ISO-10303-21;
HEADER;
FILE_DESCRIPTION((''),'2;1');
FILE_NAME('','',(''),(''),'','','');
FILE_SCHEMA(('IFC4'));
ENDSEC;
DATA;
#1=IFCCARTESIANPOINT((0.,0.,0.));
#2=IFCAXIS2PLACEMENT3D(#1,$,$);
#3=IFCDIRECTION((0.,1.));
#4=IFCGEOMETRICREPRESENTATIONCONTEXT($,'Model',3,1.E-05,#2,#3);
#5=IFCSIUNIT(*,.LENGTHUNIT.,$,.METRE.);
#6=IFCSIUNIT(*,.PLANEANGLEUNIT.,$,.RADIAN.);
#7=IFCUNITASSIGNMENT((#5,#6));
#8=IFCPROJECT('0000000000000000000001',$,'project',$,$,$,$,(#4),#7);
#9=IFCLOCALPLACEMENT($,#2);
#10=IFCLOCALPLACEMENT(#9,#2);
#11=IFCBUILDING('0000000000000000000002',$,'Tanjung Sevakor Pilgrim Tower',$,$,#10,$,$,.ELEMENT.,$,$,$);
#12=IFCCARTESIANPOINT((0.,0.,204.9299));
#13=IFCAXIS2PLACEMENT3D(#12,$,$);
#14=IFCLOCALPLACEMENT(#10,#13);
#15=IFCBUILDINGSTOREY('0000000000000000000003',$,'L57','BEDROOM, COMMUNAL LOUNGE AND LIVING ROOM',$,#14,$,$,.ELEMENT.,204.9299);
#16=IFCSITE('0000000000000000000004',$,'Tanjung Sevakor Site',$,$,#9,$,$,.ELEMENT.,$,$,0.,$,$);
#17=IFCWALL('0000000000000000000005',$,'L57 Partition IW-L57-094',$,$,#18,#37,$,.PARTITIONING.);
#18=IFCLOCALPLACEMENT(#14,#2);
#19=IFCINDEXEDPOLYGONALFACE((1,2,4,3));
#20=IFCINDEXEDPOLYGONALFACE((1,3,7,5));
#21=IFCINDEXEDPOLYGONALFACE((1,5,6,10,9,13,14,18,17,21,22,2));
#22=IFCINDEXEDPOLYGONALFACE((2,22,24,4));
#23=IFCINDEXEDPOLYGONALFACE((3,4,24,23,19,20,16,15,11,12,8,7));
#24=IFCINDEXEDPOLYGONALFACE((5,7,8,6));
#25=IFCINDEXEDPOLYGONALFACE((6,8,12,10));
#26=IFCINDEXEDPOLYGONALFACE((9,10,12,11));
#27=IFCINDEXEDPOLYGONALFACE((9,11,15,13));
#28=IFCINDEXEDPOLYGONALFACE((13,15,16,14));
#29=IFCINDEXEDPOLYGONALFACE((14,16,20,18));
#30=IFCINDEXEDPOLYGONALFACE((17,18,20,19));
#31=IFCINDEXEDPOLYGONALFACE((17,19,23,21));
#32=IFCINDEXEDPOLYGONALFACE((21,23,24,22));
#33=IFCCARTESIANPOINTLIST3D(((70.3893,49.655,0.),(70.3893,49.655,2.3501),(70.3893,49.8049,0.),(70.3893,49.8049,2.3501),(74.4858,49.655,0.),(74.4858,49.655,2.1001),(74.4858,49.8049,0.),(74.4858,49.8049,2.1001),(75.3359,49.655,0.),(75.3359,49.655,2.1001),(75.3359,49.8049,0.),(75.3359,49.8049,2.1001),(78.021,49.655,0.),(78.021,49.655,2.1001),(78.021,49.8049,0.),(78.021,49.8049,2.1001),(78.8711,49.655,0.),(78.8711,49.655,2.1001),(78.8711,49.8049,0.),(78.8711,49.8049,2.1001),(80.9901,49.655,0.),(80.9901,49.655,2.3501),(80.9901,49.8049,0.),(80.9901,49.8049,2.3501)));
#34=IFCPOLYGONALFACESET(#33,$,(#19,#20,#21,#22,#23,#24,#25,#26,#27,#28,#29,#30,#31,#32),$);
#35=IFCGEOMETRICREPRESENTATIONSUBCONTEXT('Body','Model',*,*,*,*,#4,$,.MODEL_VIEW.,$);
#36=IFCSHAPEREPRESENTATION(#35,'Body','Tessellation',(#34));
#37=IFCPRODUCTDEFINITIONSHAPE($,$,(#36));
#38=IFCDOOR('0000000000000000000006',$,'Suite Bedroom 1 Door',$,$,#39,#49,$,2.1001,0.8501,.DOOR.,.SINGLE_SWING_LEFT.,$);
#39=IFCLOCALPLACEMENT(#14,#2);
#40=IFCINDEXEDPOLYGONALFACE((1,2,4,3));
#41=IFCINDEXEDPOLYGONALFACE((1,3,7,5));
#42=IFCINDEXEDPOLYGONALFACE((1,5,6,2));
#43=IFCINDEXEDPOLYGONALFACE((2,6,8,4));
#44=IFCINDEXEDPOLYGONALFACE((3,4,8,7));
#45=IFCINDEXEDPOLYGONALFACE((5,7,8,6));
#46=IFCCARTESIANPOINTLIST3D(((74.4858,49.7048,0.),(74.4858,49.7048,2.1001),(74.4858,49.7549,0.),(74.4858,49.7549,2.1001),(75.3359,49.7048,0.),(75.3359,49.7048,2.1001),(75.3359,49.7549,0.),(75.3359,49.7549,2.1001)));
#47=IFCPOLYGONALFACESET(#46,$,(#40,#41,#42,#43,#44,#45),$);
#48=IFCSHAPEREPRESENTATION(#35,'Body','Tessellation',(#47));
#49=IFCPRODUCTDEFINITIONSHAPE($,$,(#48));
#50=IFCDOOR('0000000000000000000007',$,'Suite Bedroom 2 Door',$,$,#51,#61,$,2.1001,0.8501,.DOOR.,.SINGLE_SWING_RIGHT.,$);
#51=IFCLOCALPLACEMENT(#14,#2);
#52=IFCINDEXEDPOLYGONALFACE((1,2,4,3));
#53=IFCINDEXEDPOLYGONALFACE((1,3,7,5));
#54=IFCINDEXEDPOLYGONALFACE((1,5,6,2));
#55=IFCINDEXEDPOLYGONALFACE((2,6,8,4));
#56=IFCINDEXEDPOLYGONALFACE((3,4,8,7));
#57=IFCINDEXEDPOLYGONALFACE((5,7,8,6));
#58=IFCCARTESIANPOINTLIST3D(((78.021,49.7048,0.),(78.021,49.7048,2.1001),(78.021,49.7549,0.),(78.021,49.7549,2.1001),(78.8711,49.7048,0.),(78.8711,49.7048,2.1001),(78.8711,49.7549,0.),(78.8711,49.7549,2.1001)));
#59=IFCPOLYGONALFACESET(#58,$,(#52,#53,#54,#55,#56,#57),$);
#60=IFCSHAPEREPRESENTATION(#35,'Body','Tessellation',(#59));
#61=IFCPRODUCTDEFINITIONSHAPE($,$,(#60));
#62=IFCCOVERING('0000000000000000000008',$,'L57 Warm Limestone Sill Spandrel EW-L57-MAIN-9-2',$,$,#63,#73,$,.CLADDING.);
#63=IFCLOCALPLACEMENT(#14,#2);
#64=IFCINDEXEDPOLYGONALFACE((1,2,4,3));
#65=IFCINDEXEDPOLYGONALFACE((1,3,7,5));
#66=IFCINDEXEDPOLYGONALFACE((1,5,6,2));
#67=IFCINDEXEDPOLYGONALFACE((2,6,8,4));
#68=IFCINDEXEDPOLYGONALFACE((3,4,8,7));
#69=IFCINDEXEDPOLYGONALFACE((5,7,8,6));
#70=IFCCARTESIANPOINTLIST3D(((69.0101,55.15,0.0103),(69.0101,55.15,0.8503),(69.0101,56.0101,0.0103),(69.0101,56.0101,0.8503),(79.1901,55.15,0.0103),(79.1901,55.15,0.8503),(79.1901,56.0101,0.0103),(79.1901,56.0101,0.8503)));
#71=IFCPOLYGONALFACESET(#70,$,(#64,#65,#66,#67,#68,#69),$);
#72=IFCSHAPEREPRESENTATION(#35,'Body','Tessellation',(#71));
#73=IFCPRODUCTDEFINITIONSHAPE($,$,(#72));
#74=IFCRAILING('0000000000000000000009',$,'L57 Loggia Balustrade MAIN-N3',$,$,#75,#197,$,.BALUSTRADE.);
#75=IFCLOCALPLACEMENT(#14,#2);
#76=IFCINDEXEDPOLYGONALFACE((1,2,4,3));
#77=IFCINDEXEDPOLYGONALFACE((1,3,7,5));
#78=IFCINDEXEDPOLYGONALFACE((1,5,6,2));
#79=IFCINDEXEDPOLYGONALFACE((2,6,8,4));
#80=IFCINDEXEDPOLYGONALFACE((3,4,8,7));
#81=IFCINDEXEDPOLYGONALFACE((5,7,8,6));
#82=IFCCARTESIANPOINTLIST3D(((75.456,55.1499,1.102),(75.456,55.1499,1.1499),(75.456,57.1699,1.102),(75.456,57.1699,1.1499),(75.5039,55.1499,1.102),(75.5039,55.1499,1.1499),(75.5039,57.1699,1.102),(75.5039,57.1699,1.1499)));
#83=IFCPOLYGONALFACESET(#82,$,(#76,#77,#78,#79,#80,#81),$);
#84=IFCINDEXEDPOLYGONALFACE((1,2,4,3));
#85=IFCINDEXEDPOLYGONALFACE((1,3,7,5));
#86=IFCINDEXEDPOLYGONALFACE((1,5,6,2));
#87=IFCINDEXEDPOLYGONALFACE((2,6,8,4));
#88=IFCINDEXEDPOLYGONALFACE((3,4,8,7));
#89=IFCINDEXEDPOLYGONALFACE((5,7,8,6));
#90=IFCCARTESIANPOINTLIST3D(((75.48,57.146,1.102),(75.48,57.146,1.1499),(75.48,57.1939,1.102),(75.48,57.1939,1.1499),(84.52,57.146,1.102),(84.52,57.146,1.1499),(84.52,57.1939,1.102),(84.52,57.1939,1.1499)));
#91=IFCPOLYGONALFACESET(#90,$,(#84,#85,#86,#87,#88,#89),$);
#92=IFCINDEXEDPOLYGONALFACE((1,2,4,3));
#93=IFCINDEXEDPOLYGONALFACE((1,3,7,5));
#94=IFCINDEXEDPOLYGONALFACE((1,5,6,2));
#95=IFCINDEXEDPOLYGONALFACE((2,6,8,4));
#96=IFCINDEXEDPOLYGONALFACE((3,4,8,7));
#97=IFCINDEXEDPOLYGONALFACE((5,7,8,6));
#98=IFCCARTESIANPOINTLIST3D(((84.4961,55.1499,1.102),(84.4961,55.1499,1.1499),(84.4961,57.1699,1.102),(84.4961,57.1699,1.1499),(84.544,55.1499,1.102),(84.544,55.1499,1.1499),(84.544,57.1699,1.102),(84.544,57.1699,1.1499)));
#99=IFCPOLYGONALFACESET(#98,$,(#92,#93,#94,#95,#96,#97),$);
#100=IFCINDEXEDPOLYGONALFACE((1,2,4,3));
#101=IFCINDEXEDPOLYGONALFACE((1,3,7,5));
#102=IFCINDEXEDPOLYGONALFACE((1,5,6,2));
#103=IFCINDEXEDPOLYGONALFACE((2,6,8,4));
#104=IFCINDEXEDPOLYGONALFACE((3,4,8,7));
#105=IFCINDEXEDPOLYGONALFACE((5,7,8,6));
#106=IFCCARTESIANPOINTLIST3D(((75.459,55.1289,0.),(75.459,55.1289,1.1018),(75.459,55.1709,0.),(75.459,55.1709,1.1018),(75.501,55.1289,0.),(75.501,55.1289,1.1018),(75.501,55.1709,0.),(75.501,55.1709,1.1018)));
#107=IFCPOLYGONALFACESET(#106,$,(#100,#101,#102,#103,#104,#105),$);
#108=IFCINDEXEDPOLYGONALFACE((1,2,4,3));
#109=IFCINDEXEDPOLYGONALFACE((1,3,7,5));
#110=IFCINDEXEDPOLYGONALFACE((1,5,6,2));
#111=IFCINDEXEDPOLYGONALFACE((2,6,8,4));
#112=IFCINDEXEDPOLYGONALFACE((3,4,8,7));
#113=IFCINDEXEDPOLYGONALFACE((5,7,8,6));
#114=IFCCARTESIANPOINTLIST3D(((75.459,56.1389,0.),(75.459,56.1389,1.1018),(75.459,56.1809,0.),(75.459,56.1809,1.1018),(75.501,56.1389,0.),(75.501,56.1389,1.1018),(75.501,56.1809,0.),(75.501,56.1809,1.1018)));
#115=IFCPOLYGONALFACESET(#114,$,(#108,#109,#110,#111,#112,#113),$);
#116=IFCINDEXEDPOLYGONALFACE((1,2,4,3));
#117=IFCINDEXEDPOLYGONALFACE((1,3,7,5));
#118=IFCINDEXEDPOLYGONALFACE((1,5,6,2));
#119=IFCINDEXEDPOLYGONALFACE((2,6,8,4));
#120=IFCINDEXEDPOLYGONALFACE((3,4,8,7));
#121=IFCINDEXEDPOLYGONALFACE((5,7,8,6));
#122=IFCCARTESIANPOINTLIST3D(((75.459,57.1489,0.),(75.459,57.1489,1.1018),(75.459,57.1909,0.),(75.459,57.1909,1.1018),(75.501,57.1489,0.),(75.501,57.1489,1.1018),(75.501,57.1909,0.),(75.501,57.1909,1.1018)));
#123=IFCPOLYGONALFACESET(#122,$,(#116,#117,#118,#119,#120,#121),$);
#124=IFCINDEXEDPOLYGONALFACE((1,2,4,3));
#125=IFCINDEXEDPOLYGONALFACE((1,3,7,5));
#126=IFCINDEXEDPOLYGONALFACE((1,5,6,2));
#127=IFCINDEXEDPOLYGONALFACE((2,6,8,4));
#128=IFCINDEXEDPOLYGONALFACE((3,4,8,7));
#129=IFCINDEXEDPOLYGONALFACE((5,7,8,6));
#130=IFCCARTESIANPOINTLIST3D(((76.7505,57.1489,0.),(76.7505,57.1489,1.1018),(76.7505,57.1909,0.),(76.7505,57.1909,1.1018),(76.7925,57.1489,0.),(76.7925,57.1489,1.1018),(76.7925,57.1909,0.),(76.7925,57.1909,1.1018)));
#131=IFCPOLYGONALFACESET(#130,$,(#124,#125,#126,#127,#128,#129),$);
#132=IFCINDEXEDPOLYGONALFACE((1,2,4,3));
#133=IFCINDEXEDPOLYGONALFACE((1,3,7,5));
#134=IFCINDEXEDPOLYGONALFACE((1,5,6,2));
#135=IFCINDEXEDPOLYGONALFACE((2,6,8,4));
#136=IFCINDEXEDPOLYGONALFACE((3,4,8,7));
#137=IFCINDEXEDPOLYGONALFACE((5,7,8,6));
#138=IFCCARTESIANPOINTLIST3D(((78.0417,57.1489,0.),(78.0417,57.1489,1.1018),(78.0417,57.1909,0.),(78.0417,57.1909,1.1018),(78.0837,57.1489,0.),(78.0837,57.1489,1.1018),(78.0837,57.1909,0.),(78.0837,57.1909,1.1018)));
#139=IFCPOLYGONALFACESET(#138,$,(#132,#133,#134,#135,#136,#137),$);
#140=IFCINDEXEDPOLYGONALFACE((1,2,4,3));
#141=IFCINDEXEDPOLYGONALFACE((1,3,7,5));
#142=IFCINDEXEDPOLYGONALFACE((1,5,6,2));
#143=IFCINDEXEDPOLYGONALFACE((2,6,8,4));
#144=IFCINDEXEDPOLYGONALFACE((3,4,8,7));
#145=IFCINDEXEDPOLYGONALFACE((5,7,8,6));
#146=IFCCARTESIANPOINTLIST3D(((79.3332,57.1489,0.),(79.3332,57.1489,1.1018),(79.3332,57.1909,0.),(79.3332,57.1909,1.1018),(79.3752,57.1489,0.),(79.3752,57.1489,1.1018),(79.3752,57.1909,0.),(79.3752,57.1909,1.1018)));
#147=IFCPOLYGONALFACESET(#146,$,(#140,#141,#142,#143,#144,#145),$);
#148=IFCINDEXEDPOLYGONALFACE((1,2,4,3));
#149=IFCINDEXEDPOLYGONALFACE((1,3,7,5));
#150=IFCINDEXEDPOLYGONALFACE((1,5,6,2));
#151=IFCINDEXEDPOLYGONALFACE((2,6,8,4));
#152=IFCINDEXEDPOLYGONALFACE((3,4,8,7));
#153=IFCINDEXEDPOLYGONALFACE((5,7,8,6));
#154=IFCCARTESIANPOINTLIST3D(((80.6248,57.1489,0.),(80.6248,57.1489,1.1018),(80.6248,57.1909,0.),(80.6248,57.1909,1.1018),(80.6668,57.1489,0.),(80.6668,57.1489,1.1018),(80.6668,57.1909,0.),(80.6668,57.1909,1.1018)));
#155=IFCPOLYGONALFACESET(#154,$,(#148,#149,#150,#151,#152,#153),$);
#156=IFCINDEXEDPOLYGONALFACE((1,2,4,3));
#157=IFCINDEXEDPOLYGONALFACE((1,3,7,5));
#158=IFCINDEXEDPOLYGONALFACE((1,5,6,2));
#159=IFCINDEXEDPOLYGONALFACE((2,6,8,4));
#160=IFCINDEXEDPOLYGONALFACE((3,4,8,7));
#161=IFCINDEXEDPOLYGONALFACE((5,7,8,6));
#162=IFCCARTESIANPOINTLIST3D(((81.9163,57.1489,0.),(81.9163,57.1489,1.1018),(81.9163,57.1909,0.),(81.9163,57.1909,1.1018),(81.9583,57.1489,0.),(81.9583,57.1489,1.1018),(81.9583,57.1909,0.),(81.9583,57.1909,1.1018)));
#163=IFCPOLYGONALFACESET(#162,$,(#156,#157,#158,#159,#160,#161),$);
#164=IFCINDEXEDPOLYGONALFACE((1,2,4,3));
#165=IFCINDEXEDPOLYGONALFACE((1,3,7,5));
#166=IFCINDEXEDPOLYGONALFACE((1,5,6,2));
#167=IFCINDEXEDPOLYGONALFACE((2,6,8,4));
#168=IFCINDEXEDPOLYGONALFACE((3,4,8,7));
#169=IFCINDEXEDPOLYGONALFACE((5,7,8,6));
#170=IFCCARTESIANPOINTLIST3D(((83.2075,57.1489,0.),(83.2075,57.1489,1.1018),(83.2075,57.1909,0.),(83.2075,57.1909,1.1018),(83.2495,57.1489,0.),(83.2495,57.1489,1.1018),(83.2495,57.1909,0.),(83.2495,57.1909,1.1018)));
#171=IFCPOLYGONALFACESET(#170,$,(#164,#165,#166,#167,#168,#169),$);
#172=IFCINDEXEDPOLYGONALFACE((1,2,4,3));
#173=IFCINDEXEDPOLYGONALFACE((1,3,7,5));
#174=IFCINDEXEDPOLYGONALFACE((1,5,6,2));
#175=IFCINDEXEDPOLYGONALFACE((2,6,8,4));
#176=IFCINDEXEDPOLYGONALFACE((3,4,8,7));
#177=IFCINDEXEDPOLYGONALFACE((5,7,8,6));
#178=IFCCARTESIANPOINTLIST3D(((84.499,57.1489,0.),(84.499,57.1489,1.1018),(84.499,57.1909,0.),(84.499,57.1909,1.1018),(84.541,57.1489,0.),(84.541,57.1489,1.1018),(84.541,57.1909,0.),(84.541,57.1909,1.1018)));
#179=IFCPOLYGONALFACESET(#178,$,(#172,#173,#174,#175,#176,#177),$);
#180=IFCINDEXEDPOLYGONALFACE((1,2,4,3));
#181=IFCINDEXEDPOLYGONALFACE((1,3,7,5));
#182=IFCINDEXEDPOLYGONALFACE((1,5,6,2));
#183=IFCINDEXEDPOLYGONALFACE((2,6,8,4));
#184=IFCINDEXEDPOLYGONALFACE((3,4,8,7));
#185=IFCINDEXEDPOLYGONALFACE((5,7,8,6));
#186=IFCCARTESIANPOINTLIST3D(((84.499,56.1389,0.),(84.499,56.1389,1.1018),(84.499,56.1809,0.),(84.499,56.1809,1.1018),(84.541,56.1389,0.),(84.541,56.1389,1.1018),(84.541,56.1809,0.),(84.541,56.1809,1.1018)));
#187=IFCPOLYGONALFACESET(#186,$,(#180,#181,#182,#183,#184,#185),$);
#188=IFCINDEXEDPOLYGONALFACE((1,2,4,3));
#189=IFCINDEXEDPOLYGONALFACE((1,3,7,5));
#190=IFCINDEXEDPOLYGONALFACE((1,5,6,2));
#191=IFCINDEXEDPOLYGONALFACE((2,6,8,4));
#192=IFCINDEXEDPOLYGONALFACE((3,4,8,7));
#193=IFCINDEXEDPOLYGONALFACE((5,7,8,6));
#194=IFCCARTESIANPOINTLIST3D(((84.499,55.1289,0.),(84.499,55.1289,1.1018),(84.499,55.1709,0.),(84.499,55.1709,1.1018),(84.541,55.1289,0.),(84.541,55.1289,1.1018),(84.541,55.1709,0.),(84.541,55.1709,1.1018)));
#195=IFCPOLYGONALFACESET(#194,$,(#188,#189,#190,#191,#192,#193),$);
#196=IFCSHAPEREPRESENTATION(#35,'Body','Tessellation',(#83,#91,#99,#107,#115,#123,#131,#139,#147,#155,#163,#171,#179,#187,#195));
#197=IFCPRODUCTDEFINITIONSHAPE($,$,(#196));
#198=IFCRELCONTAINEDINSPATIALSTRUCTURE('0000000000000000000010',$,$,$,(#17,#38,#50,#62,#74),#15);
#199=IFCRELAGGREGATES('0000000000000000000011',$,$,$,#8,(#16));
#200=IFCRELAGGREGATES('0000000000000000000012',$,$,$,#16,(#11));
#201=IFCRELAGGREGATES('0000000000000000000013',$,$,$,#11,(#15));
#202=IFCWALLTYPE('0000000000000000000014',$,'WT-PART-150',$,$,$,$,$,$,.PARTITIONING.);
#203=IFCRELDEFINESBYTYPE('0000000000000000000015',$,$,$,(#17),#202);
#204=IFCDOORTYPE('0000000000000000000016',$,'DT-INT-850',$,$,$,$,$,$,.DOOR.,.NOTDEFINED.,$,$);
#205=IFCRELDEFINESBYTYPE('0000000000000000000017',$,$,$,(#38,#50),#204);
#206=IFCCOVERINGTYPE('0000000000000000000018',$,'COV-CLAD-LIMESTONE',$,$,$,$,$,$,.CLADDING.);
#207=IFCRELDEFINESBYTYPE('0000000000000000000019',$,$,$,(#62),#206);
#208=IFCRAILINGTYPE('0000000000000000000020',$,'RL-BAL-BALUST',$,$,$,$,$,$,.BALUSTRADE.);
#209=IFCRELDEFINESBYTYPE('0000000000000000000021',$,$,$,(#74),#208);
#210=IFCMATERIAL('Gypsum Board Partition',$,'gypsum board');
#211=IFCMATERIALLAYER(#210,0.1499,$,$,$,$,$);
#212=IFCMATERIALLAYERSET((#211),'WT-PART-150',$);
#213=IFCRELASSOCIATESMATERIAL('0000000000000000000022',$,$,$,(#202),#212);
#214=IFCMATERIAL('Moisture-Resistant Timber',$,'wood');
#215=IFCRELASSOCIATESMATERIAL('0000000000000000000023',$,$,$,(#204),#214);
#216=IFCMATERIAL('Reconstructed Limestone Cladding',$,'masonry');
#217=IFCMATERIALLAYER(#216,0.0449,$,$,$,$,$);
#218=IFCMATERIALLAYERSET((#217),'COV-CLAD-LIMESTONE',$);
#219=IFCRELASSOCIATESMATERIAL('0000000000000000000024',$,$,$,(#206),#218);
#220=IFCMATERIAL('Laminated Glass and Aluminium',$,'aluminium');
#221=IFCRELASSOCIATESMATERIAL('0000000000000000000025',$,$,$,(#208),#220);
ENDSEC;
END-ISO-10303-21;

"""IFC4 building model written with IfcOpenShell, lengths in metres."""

from ifc_helpers import new_model, si_unit, direction, frame, frame_2d, origin, origin_2d, place, context, subcontext, project, spatial, rectangle, extrude, material, layer, layer_set, type_object, element, fill, save


model = new_model("IFC4")

# Units and contexts
model_context = context("Model", 3, precision=1e-05, world=origin(), true_north=direction((0.0, 1.0)))
body_context = subcontext(model_context, "Body", "Model", "MODEL_VIEW")
ifc_project = project(units=[si_unit("LENGTHUNIT", "METRE"), si_unit("PLANEANGLEUNIT", "RADIAN")], contexts=[model_context])

# Site, building, storey
site_placement = place(None, origin())
site = spatial("IfcSite", under=ifc_project, at=site_placement, Name="Tanjung Sevakor Site", CompositionType="ELEMENT", RefElevation=0.0)
building_placement = place(site_placement, origin())
building = spatial("IfcBuilding", under=site, at=building_placement, Name="Tanjung Sevakor Pilgrim Tower", CompositionType="ELEMENT")
storey_placement = place(building_placement, frame((0.0, 0.0, 204.9299)))
storey = spatial("IfcBuildingStorey", under=building, at=storey_placement, Name="L57", Description="BEDROOM, COMMUNAL LOUNGE AND LIVING ROOM", CompositionType="ELEMENT", Elevation=204.9299)

# Shared definitions
ifc_material_1 = material(Name="Gypsum Board Partition", Category="gypsum board")
ifc_layer_1 = layer(ifc_material_1, 0.1499)
ifc_layer_set_1 = layer_set([ifc_layer_1], Name="WT-PART-150")
wall_type_1 = type_object("IfcWallType", Name="WT-PART-150", PredefinedType="PARTITIONING", material=ifc_layer_set_1)

# Shared definitions
ifc_material_2 = material(Name="Moisture-Resistant Timber", Category="wood")
door_type_1 = type_object("IfcDoorType", Name="DT-INT-850", OperationType="NOTDEFINED", PredefinedType="DOOR", material=ifc_material_2)

# Wall, openings, doors
wall_1_placement = place(storey_placement, frame((70.3894, 49.73, 0.0), z_axis=(0.0, 0.0, 1.0), x_axis=(1.0, 0.0, 0.0)))
wall_1 = element("IfcWall", 1, at=wall_1_placement, inside=storey, type_object=wall_type_1, Name="L57 Partition IW-L57-094", PredefinedType="PARTITIONING", context=body_context, shape_type="SweptSolid", body=[
    extrude(rectangle(XDim=10.6008, YDim=0.1499, at=frame_2d((5.3003, 0.0))), origin(), (0.0, 0.0, 1.0), 2.3501),
])
opening_1_placement = place(wall_1_placement, frame((4.0964, 0.0, 0.0)))
opening_1 = element("IfcOpeningElement", 2, at=opening_1_placement, cuts=wall_1, PredefinedType="OPENING", context=body_context, shape_type="SweptSolid", body=[
    extrude(rectangle(XDim=0.8501, YDim=2.1001, at=frame_2d((0.425, 1.05))), frame((0.0, 0.085, 0.0), z_axis=(0.0, -1.0, 0.0), x_axis=(1.0, 0.0, 0.0)), (0.0, 0.0, 1.0), 0.1699),
])
opening_2_placement = place(wall_1_placement, frame((7.6316, 0.0, 0.0)))
opening_2 = element("IfcOpeningElement", 3, at=opening_2_placement, cuts=wall_1, PredefinedType="OPENING", context=body_context, shape_type="SweptSolid", body=[
    extrude(rectangle(XDim=0.8501, YDim=2.1001, at=frame_2d((0.425, 1.05))), frame((0.0, 0.085, 0.0), z_axis=(0.0, -1.0, 0.0), x_axis=(1.0, 0.0, 0.0)), (0.0, 0.0, 1.0), 0.1699),
])
door_1_placement = place(opening_1_placement, origin())
door_1 = element("IfcDoor", 4, at=door_1_placement, inside=storey, type_object=door_type_1, Name="Suite Bedroom 1 Door", OperationType="SINGLE_SWING_LEFT", OverallHeight=2.1001, OverallWidth=0.8501, PredefinedType="DOOR", context=body_context, shape_type="SweptSolid", body=[
    extrude(rectangle(XDim=0.8501, YDim=2.1001, at=frame_2d((0.425, 1.05))), frame((0.0, 0.0249, 0.0), z_axis=(0.0, -1.0, 0.0), x_axis=(1.0, 0.0, 0.0)), (0.0, 0.0, 1.0), 0.05),
])
fill(opening_1, door_1)
door_2_placement = place(opening_2_placement, origin())
door_2 = element("IfcDoor", 5, at=door_2_placement, inside=storey, type_object=door_type_1, Name="Suite Bedroom 2 Door", OperationType="SINGLE_SWING_RIGHT", OverallHeight=2.1001, OverallWidth=0.8501, PredefinedType="DOOR", context=body_context, shape_type="SweptSolid", body=[
    extrude(rectangle(XDim=0.8501, YDim=2.1001, at=frame_2d((0.425, 1.05))), frame((0.0, 0.0249, 0.0), z_axis=(0.0, -1.0, 0.0), x_axis=(1.0, 0.0, 0.0)), (0.0, 0.0, 1.0), 0.05),
])
fill(opening_2, door_2)

# Covering
ifc_material_3 = material(Name="Reconstructed Limestone Cladding", Category="masonry")
ifc_layer_2 = layer(ifc_material_3, 0.0449)
ifc_layer_set_2 = layer_set([ifc_layer_2], Name="COV-CLAD-LIMESTONE")
covering_type = type_object("IfcCoveringType", Name="COV-CLAD-LIMESTONE", PredefinedType="CLADDING", material=ifc_layer_set_2)
covering_placement = place(storey_placement, frame((74.1001, 55.5801, 0.0103), z_axis=(0.0, 0.0, 1.0), x_axis=(-1.0, 0.0, 0.0)))
element("IfcCovering", 6, at=covering_placement, inside=storey, type_object=covering_type, Name="L57 Warm Limestone Sill Spandrel EW-L57-MAIN-9-2", PredefinedType="CLADDING", context=body_context, shape_type="SweptSolid", body=[
    extrude(rectangle(XDim=10.1799, YDim=0.8601, at=origin_2d()), origin(), (0.0, 0.0, 1.0), 0.8401),
])

# Railing
ifc_material_4 = material(Name="Laminated Glass and Aluminium", Category="aluminium")
railing_type_1 = type_object("IfcRailingType", Name="RL-BAL-BALUST", PredefinedType="BALUSTRADE", material=ifc_material_4)
railing_1_placement = place(storey_placement, frame((75.48, 55.1499, 0.0)))
element("IfcRailing", 7, at=railing_1_placement, inside=storey, type_object=railing_type_1, Name="L57 Loggia Balustrade MAIN-N3", PredefinedType="BALUSTRADE", context=body_context, shape_type="SweptSolid", body=[
    extrude(rectangle(XDim=0.0479, YDim=0.0479), frame((0.0, 0.0, 1.126), z_axis=(0.0, 1.0, 0.0), x_axis=(-1.0, 0.0, 0.0)), (0.0, 0.0, 1.0), 2.02),
    extrude(rectangle(XDim=0.0479, YDim=0.0479), frame((0.0, 2.02, 1.126), z_axis=(1.0, 0.0, 0.0), x_axis=(0.0, 1.0, 0.0)), (0.0, 0.0, 1.0), 9.04),
    extrude(rectangle(XDim=0.0479, YDim=0.0479), frame((9.04, 2.02, 1.126), z_axis=(0.0, -1.0, 0.0), x_axis=(1.0, 0.0, 0.0)), (0.0, 0.0, 1.0), 2.02),
    extrude(rectangle(XDim=0.042, YDim=0.042), origin(), (0.0, 0.0, 1.0), 1.1018),
    extrude(rectangle(XDim=0.042, YDim=0.042), frame((0.0, 1.01, 0.0)), (0.0, 0.0, 1.0), 1.1018),
    extrude(rectangle(XDim=0.042, YDim=0.042), frame((0.0, 2.02, 0.0)), (0.0, 0.0, 1.0), 1.1018),
    extrude(rectangle(XDim=0.042, YDim=0.042), frame((1.2915, 2.02, 0.0)), (0.0, 0.0, 1.0), 1.1018),
    extrude(rectangle(XDim=0.042, YDim=0.042), frame((2.5828, 2.02, 0.0)), (0.0, 0.0, 1.0), 1.1018),
    extrude(rectangle(XDim=0.042, YDim=0.042), frame((3.8743, 2.02, 0.0)), (0.0, 0.0, 1.0), 1.1018),
    extrude(rectangle(XDim=0.042, YDim=0.042), frame((5.1658, 2.02, 0.0)), (0.0, 0.0, 1.0), 1.1018),
    extrude(rectangle(XDim=0.042, YDim=0.042), frame((6.4573, 2.02, 0.0)), (0.0, 0.0, 1.0), 1.1018),
    extrude(rectangle(XDim=0.042, YDim=0.042), frame((7.7485, 2.02, 0.0)), (0.0, 0.0, 1.0), 1.1018),
    extrude(rectangle(XDim=0.042, YDim=0.042), frame((9.04, 2.02, 0.0)), (0.0, 0.0, 1.0), 1.1018),
    extrude(rectangle(XDim=0.042, YDim=0.042), frame((9.04, 1.01, 0.0)), (0.0, 0.0, 1.0), 1.1018),
    extrude(rectangle(XDim=0.042, YDim=0.042), frame((9.04, 0.0, 0.0)), (0.0, 0.0, 1.0), 1.1018),
])

save(model, "model.ifc")
